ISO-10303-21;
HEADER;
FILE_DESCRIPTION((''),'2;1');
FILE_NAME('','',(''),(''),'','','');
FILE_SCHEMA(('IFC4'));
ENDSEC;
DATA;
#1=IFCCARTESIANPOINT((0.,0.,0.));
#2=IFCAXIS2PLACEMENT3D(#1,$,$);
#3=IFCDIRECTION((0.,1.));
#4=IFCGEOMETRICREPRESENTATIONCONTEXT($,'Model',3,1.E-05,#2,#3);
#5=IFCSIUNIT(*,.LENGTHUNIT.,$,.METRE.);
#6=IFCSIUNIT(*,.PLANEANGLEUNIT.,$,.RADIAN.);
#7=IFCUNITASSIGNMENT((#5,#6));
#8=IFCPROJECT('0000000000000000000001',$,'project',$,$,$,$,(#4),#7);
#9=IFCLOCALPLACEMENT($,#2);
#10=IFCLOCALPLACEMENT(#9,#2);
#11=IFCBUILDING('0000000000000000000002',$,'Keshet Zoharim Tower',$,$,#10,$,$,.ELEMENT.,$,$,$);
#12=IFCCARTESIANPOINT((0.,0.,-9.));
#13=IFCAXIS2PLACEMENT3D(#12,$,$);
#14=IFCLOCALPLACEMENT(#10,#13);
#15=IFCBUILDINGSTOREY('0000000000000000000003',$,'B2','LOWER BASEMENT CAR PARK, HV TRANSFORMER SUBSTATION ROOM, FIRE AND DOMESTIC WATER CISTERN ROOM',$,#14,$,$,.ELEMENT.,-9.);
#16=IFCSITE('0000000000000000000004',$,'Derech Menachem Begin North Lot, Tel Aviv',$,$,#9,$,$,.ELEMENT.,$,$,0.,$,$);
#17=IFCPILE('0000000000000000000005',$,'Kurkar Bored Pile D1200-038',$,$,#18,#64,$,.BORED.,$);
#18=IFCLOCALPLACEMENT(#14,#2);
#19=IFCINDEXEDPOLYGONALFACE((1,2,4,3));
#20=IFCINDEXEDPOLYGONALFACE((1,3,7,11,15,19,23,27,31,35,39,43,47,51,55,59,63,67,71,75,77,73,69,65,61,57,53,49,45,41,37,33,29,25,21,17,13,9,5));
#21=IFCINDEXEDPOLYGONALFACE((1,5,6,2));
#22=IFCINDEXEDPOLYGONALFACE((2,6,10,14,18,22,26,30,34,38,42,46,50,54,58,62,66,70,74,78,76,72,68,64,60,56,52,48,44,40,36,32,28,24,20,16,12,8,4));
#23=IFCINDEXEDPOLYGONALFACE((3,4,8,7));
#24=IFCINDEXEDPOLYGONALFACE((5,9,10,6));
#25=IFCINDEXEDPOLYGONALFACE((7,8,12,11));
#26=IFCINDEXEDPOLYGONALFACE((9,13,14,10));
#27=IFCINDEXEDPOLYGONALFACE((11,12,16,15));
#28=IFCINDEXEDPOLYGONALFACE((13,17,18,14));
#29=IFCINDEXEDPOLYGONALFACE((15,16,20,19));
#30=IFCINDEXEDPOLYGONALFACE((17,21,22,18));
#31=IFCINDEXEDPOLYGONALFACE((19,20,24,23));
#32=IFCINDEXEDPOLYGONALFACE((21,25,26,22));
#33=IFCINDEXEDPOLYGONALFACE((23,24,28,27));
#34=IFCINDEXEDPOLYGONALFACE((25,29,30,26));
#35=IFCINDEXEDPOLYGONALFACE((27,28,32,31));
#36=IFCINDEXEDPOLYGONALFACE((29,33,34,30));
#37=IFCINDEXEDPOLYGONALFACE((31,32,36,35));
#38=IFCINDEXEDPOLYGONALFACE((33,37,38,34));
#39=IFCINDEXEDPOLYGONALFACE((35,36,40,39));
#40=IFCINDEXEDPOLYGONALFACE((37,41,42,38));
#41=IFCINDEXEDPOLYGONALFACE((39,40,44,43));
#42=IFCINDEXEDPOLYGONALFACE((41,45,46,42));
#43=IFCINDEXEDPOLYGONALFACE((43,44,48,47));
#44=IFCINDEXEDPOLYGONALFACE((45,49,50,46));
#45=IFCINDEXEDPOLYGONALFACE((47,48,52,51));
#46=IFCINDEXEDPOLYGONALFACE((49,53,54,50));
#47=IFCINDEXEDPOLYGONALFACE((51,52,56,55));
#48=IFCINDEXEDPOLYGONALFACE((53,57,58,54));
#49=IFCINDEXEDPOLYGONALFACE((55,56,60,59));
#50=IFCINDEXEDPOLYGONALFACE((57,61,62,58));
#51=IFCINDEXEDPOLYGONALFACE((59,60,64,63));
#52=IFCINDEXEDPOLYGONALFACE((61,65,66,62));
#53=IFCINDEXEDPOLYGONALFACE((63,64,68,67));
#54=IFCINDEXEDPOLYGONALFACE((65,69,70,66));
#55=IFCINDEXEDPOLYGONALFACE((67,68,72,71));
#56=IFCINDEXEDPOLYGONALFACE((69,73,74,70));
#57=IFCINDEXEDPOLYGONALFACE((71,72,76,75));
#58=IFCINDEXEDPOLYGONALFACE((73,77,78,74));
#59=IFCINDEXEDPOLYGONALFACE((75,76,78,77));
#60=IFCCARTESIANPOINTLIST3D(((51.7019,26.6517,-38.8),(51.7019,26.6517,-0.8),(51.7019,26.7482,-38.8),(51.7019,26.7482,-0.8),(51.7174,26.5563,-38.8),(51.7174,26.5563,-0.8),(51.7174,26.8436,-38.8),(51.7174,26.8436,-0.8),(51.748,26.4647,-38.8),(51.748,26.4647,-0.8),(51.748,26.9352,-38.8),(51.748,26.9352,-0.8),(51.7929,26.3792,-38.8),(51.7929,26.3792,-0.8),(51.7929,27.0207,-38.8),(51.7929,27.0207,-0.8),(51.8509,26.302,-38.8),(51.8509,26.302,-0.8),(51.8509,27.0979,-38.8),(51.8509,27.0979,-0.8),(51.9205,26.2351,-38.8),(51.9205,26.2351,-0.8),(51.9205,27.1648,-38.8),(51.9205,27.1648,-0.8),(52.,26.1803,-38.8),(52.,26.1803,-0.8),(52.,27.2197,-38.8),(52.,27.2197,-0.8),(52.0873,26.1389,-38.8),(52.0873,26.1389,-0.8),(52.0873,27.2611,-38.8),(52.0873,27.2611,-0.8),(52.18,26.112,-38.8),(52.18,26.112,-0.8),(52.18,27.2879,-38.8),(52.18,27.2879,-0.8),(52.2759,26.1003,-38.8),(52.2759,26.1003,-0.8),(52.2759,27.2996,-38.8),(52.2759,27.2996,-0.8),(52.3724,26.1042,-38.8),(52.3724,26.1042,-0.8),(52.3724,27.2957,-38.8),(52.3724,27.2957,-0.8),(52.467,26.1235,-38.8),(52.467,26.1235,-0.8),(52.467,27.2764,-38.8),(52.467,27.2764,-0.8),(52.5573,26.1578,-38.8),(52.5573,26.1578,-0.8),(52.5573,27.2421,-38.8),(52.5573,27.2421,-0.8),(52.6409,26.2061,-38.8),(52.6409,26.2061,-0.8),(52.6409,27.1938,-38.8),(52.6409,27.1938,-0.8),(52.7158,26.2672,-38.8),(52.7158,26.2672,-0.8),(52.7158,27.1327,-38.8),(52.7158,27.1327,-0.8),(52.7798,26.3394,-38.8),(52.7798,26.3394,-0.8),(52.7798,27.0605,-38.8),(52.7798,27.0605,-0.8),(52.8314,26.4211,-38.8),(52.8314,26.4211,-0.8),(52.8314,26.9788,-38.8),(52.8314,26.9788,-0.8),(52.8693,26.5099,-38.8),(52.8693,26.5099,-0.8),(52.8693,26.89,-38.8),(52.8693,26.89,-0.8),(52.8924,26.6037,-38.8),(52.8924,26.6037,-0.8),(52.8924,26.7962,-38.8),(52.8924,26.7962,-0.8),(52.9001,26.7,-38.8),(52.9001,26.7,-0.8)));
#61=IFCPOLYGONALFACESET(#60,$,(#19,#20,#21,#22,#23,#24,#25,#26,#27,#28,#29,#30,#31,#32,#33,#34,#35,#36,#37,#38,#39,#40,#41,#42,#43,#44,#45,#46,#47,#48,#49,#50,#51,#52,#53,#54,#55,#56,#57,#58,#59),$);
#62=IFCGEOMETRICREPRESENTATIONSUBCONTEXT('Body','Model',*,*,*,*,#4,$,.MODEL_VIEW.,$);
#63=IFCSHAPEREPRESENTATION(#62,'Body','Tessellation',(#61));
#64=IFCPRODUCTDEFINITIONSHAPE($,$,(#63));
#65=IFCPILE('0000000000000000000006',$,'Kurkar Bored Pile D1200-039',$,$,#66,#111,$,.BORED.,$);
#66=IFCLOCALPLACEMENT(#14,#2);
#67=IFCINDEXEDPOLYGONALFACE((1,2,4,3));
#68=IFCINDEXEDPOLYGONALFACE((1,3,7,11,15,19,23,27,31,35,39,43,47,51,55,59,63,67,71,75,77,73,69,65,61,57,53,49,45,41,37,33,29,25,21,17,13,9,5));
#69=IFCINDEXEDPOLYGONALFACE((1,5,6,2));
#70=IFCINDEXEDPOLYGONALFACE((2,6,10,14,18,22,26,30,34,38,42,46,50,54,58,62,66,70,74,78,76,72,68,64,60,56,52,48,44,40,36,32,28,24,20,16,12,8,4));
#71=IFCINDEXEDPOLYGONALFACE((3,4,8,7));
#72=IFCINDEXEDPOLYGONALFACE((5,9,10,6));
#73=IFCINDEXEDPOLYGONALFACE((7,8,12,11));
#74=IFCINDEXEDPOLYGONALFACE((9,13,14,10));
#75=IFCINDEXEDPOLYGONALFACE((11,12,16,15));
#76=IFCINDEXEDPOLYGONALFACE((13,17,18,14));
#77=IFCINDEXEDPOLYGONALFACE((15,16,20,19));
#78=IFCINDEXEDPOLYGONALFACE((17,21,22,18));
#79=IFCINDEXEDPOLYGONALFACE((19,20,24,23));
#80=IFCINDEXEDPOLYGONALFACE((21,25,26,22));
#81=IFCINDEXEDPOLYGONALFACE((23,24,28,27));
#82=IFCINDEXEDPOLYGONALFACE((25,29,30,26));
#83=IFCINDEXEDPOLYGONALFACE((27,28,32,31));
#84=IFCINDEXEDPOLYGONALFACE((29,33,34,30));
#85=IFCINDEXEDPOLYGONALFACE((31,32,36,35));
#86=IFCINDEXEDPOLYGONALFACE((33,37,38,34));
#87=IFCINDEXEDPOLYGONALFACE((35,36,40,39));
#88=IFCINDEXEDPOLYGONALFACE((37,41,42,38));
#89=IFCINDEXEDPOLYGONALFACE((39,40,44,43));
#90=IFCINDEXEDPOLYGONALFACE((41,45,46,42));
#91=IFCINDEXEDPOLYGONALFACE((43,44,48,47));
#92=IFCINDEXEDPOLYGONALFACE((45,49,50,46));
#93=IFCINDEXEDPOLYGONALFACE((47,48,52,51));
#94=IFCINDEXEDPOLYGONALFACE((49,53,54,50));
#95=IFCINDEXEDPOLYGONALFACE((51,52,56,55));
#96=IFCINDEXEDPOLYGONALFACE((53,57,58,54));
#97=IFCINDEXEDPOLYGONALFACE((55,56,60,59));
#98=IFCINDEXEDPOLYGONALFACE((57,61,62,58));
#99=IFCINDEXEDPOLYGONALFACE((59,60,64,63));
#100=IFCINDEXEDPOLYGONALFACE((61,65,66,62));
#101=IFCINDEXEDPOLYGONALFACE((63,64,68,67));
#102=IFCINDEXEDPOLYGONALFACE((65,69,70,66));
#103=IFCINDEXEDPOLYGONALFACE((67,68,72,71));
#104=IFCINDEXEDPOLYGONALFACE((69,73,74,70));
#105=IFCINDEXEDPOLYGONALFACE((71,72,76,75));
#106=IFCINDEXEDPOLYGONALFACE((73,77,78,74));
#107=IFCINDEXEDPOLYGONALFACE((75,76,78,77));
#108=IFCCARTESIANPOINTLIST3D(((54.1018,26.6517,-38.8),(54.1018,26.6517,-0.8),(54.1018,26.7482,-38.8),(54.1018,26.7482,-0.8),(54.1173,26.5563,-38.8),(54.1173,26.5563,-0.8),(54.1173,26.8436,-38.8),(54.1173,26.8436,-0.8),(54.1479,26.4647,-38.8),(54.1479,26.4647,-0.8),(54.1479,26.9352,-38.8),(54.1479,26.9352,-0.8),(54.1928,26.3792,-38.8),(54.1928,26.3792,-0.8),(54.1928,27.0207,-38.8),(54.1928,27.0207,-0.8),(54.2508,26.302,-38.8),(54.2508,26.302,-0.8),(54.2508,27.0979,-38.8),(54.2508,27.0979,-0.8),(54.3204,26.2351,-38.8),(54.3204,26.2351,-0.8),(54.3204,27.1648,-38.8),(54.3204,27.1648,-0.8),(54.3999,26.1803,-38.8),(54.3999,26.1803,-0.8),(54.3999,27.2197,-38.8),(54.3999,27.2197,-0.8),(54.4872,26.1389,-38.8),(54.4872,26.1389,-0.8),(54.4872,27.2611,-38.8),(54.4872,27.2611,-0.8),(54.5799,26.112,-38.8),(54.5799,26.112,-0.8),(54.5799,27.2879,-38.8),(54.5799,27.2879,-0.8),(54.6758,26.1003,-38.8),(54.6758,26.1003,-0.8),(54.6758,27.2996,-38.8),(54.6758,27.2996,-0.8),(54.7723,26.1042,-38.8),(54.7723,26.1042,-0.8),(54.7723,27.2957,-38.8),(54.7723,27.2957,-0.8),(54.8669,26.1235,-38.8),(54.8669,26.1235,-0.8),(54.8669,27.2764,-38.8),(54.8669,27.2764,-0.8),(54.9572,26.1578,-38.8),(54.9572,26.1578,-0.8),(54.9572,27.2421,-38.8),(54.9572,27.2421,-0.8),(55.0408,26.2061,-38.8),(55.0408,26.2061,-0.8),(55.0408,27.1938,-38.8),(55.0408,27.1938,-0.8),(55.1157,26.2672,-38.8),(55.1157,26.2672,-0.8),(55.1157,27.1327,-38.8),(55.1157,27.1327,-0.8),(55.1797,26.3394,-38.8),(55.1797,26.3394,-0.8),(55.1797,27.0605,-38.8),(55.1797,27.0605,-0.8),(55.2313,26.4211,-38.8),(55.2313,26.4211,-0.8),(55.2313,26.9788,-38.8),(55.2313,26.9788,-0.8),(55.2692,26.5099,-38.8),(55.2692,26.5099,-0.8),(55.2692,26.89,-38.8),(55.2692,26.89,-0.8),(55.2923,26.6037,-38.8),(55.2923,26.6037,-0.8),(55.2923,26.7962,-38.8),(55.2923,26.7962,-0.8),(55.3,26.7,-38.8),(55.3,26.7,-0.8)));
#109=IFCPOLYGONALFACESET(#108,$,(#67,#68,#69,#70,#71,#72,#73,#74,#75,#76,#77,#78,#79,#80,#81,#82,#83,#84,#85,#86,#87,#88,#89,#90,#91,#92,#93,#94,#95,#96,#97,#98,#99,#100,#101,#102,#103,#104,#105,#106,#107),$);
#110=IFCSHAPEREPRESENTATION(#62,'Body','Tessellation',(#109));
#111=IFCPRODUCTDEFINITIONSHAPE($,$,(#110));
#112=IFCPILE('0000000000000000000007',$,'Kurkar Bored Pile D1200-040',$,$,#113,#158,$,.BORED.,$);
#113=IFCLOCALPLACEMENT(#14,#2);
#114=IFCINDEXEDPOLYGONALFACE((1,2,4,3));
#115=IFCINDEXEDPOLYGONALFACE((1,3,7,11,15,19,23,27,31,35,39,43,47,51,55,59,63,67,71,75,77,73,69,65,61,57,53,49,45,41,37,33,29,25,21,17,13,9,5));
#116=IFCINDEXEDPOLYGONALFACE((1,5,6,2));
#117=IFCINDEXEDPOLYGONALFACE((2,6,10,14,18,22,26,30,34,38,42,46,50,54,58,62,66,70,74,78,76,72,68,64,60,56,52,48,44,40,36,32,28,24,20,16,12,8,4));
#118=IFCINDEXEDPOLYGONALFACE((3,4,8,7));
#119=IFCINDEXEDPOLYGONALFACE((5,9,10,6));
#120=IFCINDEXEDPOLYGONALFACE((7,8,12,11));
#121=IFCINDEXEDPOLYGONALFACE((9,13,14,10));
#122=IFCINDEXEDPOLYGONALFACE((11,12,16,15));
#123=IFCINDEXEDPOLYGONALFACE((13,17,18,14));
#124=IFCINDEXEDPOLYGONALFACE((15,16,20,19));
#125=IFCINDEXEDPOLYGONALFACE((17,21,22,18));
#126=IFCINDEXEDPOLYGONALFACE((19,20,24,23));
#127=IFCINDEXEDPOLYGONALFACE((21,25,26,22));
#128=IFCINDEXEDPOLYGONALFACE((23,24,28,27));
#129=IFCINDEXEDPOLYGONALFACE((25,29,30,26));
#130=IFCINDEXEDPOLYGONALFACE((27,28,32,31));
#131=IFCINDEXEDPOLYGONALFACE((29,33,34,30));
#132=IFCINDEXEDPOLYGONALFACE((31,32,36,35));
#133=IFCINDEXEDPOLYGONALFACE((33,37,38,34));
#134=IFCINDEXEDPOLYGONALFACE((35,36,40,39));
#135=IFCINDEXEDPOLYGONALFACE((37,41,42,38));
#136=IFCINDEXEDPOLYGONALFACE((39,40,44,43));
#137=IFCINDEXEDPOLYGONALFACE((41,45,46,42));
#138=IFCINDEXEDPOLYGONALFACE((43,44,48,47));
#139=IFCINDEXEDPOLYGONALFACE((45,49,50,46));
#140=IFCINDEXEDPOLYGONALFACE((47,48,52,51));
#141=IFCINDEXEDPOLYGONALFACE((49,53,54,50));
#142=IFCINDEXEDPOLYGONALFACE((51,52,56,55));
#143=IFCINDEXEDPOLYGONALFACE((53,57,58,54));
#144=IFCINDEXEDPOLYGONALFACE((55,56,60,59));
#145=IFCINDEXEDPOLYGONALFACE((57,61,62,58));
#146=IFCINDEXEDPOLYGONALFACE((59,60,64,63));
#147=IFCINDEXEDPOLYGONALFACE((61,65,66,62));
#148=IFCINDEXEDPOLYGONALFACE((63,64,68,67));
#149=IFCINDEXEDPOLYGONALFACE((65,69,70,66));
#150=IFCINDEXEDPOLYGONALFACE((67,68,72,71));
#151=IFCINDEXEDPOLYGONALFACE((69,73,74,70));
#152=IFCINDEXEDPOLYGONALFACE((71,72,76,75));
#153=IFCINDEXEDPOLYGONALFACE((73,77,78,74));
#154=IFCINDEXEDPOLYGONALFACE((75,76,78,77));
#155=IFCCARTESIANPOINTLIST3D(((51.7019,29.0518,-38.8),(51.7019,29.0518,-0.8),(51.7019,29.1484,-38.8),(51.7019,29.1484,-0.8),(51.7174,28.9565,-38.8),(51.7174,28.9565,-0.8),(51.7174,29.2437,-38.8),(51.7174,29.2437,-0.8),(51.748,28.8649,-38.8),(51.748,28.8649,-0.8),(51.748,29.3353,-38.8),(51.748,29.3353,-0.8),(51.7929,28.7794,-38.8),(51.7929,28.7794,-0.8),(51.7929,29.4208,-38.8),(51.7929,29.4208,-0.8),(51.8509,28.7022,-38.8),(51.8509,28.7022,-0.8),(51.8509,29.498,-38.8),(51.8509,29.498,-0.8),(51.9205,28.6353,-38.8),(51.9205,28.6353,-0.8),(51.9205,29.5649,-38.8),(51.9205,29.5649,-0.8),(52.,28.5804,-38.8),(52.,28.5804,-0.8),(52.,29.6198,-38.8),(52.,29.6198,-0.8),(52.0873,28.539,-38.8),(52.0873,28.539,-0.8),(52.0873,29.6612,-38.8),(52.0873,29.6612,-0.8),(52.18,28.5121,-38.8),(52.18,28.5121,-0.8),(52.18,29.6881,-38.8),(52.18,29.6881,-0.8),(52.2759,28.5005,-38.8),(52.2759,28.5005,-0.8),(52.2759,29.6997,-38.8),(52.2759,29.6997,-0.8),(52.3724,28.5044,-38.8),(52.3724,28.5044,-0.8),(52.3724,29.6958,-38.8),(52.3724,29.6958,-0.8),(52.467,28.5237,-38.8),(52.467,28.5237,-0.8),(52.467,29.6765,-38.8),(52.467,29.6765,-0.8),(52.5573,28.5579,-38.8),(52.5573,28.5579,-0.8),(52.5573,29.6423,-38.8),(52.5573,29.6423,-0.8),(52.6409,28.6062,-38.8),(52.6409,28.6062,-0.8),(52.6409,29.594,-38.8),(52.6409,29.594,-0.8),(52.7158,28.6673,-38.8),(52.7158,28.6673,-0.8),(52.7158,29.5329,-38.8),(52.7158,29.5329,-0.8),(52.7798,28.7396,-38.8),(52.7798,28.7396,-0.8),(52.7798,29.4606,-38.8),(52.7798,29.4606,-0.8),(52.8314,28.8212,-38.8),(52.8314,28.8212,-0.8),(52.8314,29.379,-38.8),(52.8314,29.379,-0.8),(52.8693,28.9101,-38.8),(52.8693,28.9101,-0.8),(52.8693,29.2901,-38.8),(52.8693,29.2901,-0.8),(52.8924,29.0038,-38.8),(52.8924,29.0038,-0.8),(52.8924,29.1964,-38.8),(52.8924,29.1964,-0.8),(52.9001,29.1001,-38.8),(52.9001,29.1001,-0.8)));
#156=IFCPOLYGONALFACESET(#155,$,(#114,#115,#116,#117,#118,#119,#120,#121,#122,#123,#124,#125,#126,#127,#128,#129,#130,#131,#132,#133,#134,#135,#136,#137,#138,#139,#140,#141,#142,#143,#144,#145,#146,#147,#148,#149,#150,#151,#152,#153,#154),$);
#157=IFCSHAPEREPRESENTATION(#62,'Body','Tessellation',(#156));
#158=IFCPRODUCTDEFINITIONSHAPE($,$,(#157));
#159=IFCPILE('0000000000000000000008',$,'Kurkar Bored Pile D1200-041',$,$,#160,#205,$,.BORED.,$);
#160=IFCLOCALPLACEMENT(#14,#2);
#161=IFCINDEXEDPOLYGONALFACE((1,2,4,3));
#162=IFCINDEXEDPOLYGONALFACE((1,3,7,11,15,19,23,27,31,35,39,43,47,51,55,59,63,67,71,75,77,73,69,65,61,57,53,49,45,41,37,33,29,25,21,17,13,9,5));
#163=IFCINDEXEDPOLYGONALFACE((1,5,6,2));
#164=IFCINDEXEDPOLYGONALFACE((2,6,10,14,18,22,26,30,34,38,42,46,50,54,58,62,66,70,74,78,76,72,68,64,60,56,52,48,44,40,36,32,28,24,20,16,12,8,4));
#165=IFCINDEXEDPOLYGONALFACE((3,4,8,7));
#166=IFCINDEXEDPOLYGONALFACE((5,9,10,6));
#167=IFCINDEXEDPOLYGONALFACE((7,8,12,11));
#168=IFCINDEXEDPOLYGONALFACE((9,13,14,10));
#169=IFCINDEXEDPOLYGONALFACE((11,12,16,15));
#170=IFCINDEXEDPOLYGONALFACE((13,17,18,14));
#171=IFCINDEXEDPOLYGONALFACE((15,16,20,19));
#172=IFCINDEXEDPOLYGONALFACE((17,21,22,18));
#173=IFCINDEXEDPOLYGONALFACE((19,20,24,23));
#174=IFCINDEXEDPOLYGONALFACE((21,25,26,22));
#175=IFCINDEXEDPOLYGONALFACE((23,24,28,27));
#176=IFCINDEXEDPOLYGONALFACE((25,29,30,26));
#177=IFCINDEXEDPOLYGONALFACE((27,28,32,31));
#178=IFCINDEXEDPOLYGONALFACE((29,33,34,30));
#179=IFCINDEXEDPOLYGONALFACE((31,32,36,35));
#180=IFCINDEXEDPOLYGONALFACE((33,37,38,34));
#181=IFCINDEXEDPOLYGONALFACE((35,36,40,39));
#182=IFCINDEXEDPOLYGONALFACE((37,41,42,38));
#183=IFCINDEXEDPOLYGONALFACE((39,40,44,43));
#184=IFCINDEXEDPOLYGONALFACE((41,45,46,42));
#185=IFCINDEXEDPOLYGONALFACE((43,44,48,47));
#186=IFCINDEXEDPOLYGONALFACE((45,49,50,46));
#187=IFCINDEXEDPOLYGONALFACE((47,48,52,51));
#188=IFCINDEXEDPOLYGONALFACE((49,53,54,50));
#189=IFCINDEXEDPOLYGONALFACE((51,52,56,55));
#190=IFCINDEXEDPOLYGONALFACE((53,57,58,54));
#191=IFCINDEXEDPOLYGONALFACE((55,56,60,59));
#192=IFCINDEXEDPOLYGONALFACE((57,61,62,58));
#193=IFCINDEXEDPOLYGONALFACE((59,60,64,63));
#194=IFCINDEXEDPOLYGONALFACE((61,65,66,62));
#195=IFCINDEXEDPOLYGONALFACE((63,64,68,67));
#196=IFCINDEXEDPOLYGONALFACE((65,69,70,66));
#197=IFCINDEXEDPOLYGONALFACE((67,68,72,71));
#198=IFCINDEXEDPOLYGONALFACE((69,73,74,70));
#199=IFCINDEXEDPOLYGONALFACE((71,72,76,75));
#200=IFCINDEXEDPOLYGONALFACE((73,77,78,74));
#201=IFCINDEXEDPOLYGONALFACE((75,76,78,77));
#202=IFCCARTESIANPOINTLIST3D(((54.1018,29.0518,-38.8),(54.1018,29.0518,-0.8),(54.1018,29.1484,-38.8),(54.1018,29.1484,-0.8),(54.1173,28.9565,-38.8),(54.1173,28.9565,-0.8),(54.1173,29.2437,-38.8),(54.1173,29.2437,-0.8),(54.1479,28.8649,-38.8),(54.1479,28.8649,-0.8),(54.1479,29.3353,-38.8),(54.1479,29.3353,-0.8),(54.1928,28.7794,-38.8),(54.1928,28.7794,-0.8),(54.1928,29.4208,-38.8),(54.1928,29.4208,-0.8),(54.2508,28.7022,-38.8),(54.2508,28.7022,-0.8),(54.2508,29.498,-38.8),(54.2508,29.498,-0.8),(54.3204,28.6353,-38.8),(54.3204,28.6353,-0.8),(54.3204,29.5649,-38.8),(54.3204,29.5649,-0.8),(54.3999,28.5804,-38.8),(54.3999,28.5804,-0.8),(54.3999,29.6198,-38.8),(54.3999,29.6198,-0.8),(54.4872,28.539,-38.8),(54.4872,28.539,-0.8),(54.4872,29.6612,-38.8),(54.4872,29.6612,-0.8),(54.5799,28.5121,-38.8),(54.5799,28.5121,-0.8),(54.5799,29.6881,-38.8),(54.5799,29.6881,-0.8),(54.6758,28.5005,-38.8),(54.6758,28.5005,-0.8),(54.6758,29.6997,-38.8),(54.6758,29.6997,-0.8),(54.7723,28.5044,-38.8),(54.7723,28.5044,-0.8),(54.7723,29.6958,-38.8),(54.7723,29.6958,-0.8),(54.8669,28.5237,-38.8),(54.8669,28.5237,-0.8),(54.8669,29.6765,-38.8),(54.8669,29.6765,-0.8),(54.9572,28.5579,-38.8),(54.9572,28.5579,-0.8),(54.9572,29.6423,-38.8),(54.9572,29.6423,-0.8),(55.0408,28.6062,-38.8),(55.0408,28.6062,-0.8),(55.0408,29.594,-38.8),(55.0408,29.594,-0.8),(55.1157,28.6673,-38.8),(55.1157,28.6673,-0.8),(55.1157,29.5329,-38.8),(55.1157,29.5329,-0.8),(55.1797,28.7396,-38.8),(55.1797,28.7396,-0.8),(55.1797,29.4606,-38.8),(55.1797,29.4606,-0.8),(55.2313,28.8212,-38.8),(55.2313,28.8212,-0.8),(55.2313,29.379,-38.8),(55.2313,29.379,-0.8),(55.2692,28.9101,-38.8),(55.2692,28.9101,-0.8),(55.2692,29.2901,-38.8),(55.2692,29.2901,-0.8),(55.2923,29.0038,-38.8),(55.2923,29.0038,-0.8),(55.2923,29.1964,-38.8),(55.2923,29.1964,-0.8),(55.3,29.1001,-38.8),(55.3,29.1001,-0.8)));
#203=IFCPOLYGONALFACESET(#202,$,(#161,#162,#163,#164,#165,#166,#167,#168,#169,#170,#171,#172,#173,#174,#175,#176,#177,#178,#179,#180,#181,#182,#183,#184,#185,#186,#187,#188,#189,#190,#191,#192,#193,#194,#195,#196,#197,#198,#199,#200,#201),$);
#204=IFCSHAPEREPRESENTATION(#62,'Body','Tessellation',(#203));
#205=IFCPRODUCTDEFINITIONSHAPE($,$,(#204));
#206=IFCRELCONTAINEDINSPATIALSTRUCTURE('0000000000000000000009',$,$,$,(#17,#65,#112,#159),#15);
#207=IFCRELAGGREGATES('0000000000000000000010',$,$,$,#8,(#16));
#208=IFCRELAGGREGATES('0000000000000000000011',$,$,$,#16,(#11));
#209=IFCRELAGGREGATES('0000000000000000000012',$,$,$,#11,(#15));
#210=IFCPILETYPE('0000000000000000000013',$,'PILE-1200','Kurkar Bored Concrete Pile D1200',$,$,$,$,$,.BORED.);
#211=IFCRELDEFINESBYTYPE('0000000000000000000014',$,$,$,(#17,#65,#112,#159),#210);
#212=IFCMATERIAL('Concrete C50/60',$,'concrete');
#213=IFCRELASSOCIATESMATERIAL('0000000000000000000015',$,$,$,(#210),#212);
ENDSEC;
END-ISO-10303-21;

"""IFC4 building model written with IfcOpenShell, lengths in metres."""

from ifc_helpers import new_model, si_unit, direction, frame, origin, origin_2d, place, context, subcontext, project, spatial, circle, extrude, material, material_profile, profile_set, type_object, element, save


model = new_model("IFC4")

# Units and contexts
model_context = context("Model", 3, precision=1e-05, world=origin(), true_north=direction((0.0, 1.0)))
body_context = subcontext(model_context, "Body", "Model", "MODEL_VIEW")
ifc_project = project(units=[si_unit("LENGTHUNIT", "METRE"), si_unit("PLANEANGLEUNIT", "RADIAN")], contexts=[model_context])

# Site, building, storey
site_placement = place(None, origin())
site = spatial("IfcSite", under=ifc_project, at=site_placement, Name="Derech Menachem Begin North Lot, Tel Aviv", CompositionType="ELEMENT", RefElevation=0.0)
building_placement = place(site_placement, origin())
building = spatial("IfcBuilding", under=site, at=building_placement, Name="Keshet Zoharim Tower", CompositionType="ELEMENT")
storey_placement = place(building_placement, frame((0.0, 0.0, -9.0)))
storey = spatial("IfcBuildingStorey", under=building, at=storey_placement, Name="B2", Description="LOWER BASEMENT CAR PARK, HV TRANSFORMER SUBSTATION ROOM, FIRE AND DOMESTIC WATER CISTERN ROOM", CompositionType="ELEMENT", Elevation=-9.0)

# Piles
ifc_material_1 = material(Name="Concrete C50/60", Category="concrete")
ifc_material_profile_1 = material_profile(ifc_material_1, circle(Radius=0.6001, at=origin_2d()), Name="PILE-D1200")
ifc_profile_set_1 = profile_set([ifc_material_profile_1], Name="Concrete C50/60")
pile_type = type_object("IfcPileType", Name="PILE-1200", Description="Kurkar Bored Concrete Pile D1200", PredefinedType="BORED", material=ifc_profile_set_1)
for number, where, z_axis, x_axis, name in (
    (1, (52.3, 26.7, -0.8), (0.0, 0.0, -1.0), (1.0, 0.0, 0.0), "Kurkar Bored Pile D1200-038"),
    (2, (54.7, 26.7, -0.8), (0.0, 0.0, -1.0), (1.0, 0.0, 0.0), "Kurkar Bored Pile D1200-039"),
    (3, (52.3, 29.1001, -0.8), (0.0, 0.0, -1.0), (1.0, 0.0, 0.0), "Kurkar Bored Pile D1200-040"),
    (4, (54.7, 29.1001, -0.8), (0.0, 0.0, -1.0), (1.0, 0.0, 0.0), "Kurkar Bored Pile D1200-041"),
):
    element("IfcPile", number, at=place(storey_placement, frame(where, z_axis=z_axis, x_axis=x_axis)), inside=storey, type_object=pile_type, Name=name, PredefinedType="BORED", context=body_context, shape_type="SweptSolid", body=[
        extrude(circle(Radius=0.6001, at=origin_2d()), origin(), (0.0, 0.0, 1.0), 38.0),
    ])

save(model, "model.ifc")
